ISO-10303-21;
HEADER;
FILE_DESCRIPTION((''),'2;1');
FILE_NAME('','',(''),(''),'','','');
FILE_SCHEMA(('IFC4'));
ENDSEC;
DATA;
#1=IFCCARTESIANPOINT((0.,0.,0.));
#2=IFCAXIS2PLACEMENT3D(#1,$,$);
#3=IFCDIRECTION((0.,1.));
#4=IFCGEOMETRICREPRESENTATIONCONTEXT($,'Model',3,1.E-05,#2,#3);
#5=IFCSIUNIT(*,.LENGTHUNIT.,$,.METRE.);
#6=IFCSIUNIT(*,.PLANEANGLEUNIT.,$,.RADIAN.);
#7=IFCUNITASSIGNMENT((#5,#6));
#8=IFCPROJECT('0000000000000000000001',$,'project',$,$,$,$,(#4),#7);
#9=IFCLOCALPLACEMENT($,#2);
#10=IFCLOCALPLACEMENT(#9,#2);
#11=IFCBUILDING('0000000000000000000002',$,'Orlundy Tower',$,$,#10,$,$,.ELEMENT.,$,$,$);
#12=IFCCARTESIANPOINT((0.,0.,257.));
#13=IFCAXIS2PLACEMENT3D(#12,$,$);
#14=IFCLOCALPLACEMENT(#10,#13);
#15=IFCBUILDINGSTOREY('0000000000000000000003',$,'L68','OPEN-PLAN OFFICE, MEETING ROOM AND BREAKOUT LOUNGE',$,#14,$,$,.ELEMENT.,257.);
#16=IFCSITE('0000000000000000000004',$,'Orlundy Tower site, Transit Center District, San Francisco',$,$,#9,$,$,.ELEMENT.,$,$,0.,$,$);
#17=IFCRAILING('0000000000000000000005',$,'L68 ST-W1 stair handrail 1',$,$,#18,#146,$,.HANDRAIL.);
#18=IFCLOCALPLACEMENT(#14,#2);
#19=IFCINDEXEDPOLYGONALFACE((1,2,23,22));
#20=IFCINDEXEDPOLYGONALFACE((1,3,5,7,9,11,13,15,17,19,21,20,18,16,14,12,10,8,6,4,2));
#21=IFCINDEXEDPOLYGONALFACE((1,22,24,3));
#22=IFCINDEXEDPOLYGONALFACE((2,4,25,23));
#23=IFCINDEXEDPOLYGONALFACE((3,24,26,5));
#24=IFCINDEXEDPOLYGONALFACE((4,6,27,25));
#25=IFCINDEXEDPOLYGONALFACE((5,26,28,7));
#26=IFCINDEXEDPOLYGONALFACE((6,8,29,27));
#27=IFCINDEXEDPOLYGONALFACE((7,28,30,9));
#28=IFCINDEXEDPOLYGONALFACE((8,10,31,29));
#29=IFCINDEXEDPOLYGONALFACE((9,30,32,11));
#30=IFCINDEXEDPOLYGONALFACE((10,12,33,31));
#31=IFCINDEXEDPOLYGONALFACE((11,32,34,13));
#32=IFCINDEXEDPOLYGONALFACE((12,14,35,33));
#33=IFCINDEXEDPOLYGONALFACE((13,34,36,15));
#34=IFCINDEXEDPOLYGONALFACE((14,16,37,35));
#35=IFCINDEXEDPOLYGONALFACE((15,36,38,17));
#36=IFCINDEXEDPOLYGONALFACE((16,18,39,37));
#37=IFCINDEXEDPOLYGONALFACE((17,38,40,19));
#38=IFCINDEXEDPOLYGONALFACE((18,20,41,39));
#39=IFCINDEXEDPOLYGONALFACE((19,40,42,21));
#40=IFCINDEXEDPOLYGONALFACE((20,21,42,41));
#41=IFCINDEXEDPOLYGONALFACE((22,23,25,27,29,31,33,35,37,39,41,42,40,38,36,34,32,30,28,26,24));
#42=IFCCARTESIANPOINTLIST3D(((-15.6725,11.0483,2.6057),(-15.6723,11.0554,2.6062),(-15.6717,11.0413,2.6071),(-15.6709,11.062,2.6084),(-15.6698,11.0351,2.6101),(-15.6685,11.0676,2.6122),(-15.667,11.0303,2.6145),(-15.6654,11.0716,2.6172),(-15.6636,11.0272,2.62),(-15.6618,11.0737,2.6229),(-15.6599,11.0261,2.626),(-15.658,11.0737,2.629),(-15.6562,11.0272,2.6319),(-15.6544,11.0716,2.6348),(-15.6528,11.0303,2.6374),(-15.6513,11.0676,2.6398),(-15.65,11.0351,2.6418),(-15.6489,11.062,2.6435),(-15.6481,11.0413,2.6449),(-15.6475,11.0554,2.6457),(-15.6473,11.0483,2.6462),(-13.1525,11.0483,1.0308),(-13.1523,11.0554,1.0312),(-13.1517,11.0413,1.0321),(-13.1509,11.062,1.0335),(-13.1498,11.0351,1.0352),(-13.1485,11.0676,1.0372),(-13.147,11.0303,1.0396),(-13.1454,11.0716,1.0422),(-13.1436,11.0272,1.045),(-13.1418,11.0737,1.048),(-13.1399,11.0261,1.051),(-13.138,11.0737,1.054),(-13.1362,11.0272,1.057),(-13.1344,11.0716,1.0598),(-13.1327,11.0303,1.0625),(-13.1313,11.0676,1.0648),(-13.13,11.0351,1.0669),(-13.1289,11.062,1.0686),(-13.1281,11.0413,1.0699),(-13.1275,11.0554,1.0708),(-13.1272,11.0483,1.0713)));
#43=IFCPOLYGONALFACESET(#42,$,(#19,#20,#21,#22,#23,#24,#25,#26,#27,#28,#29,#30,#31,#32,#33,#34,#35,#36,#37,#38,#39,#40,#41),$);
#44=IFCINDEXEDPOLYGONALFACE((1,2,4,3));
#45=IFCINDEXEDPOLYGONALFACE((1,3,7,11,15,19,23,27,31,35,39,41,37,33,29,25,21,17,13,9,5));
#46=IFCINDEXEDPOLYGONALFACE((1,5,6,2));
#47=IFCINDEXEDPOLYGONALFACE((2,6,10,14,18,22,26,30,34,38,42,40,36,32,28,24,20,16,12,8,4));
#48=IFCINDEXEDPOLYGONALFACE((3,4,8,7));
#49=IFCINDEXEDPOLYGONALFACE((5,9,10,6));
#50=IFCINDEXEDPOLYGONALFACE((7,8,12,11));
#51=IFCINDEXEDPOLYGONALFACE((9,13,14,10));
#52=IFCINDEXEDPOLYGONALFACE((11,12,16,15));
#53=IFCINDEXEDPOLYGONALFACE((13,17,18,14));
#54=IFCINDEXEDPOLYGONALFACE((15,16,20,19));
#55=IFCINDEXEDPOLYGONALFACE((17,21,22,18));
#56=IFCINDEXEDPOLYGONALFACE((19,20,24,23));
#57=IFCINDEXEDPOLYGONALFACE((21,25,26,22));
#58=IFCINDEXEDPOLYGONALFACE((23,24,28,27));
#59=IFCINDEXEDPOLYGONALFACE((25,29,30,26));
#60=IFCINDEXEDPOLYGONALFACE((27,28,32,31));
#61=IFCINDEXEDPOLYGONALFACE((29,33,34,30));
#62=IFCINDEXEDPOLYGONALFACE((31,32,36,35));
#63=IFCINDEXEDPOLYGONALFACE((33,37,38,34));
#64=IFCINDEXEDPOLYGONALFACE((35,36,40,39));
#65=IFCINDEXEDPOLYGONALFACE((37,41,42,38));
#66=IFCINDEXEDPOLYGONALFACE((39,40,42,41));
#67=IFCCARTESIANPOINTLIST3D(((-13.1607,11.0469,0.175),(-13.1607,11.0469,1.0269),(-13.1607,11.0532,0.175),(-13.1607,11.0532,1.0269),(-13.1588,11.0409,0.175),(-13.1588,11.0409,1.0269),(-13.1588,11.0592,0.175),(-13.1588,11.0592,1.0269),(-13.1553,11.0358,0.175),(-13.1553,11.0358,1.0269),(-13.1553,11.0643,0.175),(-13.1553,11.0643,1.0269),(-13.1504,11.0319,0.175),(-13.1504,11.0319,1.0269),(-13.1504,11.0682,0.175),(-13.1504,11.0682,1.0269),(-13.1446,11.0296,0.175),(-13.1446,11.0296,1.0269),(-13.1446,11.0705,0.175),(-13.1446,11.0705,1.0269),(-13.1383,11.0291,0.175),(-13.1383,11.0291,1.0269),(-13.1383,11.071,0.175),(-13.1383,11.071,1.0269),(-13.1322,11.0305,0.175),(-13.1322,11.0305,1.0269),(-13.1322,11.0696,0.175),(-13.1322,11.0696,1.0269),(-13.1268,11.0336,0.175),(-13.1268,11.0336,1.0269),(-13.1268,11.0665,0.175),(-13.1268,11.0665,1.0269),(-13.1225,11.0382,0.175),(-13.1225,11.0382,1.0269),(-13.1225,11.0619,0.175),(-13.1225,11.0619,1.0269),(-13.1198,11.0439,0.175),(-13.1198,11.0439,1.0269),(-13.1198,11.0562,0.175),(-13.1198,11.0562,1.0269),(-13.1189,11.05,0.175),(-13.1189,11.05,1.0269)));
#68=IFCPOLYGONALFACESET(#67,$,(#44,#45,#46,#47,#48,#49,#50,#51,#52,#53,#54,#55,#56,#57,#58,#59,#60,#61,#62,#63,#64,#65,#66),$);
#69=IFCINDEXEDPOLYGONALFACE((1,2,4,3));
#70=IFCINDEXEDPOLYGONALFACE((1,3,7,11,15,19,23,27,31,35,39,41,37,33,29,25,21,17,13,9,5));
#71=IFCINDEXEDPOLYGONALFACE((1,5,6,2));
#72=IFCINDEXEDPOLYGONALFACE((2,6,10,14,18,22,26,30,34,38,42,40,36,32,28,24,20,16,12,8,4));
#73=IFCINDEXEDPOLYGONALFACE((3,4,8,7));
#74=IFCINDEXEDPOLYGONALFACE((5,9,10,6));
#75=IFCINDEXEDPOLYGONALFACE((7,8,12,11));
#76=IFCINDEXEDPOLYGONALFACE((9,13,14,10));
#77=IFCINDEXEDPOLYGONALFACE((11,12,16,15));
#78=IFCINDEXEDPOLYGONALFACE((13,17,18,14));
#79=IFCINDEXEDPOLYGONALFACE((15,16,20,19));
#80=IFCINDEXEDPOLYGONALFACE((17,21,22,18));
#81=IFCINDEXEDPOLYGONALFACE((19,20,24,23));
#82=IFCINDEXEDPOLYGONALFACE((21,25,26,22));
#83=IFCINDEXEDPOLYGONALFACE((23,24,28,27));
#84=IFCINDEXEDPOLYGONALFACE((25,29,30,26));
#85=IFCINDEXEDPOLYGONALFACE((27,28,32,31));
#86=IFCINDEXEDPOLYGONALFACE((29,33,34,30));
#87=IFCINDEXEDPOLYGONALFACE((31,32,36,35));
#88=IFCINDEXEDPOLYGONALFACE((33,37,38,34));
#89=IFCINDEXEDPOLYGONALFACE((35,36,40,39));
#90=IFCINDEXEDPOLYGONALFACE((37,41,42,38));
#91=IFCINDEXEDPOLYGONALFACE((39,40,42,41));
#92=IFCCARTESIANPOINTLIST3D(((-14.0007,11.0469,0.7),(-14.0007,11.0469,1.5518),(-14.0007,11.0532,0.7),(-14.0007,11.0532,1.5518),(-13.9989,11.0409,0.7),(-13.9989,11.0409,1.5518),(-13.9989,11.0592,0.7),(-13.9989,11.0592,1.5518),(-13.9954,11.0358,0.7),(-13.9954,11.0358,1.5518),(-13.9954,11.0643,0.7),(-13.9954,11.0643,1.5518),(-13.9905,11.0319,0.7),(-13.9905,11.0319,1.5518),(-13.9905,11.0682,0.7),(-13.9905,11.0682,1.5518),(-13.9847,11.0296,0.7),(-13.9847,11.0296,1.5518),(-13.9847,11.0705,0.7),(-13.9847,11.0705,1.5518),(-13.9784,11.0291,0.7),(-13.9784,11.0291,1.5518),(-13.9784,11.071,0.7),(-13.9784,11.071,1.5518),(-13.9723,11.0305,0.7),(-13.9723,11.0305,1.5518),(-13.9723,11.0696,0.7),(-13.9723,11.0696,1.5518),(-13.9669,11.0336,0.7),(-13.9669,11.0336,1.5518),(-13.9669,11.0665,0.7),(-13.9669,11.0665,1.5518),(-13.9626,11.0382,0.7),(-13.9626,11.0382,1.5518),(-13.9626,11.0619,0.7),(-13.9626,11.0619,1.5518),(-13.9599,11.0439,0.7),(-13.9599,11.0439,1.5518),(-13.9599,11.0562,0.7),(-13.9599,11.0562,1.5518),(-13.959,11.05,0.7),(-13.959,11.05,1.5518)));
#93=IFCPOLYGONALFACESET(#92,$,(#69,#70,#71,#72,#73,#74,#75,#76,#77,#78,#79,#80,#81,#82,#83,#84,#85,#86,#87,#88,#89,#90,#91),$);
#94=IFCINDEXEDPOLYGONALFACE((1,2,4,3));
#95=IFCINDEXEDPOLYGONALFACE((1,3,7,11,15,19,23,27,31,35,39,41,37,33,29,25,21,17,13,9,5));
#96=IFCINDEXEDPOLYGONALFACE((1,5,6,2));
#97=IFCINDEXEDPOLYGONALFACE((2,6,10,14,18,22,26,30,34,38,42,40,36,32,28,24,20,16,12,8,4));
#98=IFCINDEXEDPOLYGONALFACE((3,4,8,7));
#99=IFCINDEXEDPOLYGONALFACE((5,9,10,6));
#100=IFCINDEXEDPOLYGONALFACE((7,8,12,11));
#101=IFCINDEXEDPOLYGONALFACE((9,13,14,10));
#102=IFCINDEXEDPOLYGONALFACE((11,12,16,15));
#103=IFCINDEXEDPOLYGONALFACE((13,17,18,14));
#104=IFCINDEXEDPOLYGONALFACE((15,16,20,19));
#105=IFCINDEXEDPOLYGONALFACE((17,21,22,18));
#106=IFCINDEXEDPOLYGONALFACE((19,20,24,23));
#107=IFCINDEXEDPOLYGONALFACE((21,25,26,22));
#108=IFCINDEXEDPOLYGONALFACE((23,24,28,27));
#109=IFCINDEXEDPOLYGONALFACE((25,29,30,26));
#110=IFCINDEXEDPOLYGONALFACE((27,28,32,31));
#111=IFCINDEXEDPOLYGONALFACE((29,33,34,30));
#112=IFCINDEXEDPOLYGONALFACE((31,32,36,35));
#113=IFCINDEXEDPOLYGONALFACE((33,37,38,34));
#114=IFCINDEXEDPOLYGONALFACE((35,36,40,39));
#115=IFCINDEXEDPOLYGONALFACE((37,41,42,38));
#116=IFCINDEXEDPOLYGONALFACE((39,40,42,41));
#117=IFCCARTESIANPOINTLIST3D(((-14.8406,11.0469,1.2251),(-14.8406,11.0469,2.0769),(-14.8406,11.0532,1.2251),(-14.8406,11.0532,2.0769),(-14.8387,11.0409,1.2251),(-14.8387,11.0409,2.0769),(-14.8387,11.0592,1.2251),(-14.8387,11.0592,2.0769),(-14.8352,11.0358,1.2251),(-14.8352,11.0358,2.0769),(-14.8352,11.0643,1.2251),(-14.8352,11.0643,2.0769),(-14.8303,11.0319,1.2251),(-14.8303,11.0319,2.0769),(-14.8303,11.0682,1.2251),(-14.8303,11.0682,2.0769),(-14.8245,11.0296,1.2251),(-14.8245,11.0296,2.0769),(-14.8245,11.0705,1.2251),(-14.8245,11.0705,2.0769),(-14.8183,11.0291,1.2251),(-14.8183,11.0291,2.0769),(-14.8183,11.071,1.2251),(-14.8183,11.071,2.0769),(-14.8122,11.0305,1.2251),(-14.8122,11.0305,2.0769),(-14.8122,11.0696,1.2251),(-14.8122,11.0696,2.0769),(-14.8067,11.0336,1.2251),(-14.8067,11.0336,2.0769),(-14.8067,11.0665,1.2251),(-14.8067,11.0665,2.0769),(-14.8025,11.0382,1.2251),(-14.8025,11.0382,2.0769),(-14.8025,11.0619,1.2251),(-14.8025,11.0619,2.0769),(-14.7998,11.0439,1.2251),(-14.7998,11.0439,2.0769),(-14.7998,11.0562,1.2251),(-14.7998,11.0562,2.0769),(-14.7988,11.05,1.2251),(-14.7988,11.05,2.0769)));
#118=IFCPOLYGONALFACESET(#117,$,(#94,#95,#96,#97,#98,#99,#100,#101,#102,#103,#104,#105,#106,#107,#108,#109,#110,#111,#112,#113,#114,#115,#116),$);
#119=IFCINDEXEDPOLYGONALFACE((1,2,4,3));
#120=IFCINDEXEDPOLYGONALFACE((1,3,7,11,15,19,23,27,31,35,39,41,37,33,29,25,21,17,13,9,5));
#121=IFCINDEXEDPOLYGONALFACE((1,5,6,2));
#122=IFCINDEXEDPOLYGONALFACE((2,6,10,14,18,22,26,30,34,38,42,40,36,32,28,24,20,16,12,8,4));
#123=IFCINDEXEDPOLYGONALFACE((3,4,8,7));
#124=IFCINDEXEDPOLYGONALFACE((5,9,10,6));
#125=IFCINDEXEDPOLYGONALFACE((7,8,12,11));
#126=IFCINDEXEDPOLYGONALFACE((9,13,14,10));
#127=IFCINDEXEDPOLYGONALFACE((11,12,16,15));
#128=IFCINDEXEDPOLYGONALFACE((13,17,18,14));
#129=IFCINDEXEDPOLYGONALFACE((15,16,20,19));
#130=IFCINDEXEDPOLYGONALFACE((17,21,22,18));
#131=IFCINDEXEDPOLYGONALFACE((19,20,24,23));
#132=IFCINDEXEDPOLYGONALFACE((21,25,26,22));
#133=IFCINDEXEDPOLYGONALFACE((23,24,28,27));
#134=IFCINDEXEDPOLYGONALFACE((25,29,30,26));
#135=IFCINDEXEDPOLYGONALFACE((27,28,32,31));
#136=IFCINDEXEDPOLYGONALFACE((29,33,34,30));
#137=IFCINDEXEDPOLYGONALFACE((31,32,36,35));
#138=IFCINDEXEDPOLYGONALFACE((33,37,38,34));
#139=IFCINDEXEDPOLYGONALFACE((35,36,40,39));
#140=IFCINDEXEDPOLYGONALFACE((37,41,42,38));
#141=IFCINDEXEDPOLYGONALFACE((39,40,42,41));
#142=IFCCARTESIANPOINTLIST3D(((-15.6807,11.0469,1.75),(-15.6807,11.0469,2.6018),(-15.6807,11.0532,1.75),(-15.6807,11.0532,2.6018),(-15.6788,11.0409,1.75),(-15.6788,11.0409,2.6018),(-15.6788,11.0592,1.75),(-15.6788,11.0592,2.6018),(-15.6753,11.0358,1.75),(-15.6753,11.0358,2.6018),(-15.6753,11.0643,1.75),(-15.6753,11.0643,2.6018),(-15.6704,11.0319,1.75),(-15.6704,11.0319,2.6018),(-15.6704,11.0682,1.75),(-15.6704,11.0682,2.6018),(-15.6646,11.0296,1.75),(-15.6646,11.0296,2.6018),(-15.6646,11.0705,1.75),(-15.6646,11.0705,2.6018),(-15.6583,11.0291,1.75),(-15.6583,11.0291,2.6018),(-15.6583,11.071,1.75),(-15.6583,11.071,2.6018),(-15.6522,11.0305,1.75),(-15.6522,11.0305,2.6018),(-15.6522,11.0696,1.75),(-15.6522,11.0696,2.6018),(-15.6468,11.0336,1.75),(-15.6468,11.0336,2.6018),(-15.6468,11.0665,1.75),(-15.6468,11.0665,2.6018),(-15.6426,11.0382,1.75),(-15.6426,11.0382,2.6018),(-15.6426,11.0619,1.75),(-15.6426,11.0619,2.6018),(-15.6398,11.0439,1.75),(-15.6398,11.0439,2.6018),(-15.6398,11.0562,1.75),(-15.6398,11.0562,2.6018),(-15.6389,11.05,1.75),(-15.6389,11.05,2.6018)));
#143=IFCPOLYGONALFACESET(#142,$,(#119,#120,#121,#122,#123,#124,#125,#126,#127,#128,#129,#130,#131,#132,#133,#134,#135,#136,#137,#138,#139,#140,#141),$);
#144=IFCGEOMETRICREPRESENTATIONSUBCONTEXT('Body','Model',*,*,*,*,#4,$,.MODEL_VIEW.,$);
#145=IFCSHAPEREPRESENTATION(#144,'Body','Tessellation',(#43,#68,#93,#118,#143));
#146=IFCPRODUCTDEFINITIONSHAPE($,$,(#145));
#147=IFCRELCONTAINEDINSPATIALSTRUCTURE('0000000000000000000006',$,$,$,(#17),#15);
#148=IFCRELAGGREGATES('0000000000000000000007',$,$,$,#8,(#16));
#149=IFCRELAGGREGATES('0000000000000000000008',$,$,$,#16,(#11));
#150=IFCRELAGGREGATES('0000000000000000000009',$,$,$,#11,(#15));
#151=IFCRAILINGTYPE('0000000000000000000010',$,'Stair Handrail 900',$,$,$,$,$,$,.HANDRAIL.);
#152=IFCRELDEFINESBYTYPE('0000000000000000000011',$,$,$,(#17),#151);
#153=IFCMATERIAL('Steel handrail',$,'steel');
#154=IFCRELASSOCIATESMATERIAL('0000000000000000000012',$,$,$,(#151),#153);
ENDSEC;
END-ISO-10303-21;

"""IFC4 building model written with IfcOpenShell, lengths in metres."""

from ifc_helpers import new_model, si_unit, direction, frame, origin, origin_2d, place, context, subcontext, project, spatial, circle, extrude, material, type_object, element, save


model = new_model("IFC4")

# Units and contexts
model_context = context("Model", 3, precision=1e-05, world=origin(), true_north=direction((0.0, 1.0)))
body_context = subcontext(model_context, "Body", "Model", "MODEL_VIEW")
ifc_project = project(units=[si_unit("LENGTHUNIT", "METRE"), si_unit("PLANEANGLEUNIT", "RADIAN")], contexts=[model_context])

# Site, building, storey
site_placement = place(None, origin())
site = spatial("IfcSite", under=ifc_project, at=site_placement, Name="Orlundy Tower site, Transit Center District, San Francisco", CompositionType="ELEMENT", RefElevation=0.0)
building_placement = place(site_placement, origin())
building = spatial("IfcBuilding", under=site, at=building_placement, Name="Orlundy Tower", CompositionType="ELEMENT")
storey_placement = place(building_placement, frame((0.0, 0.0, 257.0)))
storey = spatial("IfcBuildingStorey", under=building, at=storey_placement, Name="L68", Description="OPEN-PLAN OFFICE, MEETING ROOM AND BREAKOUT LOUNGE", CompositionType="ELEMENT", Elevation=257.0)

# Railing
ifc_material_1 = material(Name="Steel handrail", Category="steel")
railing_type = type_object("IfcRailingType", Name="Stair Handrail 900", PredefinedType="HANDRAIL", material=ifc_material_1)
railing_placement = place(storey_placement, frame((-13.1399, 11.05, 0.175)))
element("IfcRailing", 1, at=railing_placement, inside=storey, type_object=railing_type, Name="L68 ST-W1 stair handrail 1", PredefinedType="HANDRAIL", context=body_context, shape_type="SweptSolid", body=[
    extrude(circle(Radius=0.0239, at=origin_2d()), frame((0.0, 0.0, 0.876), z_axis=(-0.848008, 0.0, 0.529984), x_axis=(0.0, -1.0, 0.0)), (0.0, 0.0, 1.0), 2.9717),
    extrude(circle(Radius=0.021, at=origin_2d()), origin(), (0.0, 0.0, 1.0), 0.8518),
    extrude(circle(Radius=0.021, at=origin_2d()), frame((-0.8401, 0.0, 0.5249)), (0.0, 0.0, 1.0), 0.8518),
    extrude(circle(Radius=0.021, at=origin_2d()), frame((-1.6799, 0.0, 1.05)), (0.0, 0.0, 1.0), 0.8518),
    extrude(circle(Radius=0.021, at=origin_2d()), frame((-2.52, 0.0, 1.575)), (0.0, 0.0, 1.0), 0.8518),
])

save(model, "model.ifc")
